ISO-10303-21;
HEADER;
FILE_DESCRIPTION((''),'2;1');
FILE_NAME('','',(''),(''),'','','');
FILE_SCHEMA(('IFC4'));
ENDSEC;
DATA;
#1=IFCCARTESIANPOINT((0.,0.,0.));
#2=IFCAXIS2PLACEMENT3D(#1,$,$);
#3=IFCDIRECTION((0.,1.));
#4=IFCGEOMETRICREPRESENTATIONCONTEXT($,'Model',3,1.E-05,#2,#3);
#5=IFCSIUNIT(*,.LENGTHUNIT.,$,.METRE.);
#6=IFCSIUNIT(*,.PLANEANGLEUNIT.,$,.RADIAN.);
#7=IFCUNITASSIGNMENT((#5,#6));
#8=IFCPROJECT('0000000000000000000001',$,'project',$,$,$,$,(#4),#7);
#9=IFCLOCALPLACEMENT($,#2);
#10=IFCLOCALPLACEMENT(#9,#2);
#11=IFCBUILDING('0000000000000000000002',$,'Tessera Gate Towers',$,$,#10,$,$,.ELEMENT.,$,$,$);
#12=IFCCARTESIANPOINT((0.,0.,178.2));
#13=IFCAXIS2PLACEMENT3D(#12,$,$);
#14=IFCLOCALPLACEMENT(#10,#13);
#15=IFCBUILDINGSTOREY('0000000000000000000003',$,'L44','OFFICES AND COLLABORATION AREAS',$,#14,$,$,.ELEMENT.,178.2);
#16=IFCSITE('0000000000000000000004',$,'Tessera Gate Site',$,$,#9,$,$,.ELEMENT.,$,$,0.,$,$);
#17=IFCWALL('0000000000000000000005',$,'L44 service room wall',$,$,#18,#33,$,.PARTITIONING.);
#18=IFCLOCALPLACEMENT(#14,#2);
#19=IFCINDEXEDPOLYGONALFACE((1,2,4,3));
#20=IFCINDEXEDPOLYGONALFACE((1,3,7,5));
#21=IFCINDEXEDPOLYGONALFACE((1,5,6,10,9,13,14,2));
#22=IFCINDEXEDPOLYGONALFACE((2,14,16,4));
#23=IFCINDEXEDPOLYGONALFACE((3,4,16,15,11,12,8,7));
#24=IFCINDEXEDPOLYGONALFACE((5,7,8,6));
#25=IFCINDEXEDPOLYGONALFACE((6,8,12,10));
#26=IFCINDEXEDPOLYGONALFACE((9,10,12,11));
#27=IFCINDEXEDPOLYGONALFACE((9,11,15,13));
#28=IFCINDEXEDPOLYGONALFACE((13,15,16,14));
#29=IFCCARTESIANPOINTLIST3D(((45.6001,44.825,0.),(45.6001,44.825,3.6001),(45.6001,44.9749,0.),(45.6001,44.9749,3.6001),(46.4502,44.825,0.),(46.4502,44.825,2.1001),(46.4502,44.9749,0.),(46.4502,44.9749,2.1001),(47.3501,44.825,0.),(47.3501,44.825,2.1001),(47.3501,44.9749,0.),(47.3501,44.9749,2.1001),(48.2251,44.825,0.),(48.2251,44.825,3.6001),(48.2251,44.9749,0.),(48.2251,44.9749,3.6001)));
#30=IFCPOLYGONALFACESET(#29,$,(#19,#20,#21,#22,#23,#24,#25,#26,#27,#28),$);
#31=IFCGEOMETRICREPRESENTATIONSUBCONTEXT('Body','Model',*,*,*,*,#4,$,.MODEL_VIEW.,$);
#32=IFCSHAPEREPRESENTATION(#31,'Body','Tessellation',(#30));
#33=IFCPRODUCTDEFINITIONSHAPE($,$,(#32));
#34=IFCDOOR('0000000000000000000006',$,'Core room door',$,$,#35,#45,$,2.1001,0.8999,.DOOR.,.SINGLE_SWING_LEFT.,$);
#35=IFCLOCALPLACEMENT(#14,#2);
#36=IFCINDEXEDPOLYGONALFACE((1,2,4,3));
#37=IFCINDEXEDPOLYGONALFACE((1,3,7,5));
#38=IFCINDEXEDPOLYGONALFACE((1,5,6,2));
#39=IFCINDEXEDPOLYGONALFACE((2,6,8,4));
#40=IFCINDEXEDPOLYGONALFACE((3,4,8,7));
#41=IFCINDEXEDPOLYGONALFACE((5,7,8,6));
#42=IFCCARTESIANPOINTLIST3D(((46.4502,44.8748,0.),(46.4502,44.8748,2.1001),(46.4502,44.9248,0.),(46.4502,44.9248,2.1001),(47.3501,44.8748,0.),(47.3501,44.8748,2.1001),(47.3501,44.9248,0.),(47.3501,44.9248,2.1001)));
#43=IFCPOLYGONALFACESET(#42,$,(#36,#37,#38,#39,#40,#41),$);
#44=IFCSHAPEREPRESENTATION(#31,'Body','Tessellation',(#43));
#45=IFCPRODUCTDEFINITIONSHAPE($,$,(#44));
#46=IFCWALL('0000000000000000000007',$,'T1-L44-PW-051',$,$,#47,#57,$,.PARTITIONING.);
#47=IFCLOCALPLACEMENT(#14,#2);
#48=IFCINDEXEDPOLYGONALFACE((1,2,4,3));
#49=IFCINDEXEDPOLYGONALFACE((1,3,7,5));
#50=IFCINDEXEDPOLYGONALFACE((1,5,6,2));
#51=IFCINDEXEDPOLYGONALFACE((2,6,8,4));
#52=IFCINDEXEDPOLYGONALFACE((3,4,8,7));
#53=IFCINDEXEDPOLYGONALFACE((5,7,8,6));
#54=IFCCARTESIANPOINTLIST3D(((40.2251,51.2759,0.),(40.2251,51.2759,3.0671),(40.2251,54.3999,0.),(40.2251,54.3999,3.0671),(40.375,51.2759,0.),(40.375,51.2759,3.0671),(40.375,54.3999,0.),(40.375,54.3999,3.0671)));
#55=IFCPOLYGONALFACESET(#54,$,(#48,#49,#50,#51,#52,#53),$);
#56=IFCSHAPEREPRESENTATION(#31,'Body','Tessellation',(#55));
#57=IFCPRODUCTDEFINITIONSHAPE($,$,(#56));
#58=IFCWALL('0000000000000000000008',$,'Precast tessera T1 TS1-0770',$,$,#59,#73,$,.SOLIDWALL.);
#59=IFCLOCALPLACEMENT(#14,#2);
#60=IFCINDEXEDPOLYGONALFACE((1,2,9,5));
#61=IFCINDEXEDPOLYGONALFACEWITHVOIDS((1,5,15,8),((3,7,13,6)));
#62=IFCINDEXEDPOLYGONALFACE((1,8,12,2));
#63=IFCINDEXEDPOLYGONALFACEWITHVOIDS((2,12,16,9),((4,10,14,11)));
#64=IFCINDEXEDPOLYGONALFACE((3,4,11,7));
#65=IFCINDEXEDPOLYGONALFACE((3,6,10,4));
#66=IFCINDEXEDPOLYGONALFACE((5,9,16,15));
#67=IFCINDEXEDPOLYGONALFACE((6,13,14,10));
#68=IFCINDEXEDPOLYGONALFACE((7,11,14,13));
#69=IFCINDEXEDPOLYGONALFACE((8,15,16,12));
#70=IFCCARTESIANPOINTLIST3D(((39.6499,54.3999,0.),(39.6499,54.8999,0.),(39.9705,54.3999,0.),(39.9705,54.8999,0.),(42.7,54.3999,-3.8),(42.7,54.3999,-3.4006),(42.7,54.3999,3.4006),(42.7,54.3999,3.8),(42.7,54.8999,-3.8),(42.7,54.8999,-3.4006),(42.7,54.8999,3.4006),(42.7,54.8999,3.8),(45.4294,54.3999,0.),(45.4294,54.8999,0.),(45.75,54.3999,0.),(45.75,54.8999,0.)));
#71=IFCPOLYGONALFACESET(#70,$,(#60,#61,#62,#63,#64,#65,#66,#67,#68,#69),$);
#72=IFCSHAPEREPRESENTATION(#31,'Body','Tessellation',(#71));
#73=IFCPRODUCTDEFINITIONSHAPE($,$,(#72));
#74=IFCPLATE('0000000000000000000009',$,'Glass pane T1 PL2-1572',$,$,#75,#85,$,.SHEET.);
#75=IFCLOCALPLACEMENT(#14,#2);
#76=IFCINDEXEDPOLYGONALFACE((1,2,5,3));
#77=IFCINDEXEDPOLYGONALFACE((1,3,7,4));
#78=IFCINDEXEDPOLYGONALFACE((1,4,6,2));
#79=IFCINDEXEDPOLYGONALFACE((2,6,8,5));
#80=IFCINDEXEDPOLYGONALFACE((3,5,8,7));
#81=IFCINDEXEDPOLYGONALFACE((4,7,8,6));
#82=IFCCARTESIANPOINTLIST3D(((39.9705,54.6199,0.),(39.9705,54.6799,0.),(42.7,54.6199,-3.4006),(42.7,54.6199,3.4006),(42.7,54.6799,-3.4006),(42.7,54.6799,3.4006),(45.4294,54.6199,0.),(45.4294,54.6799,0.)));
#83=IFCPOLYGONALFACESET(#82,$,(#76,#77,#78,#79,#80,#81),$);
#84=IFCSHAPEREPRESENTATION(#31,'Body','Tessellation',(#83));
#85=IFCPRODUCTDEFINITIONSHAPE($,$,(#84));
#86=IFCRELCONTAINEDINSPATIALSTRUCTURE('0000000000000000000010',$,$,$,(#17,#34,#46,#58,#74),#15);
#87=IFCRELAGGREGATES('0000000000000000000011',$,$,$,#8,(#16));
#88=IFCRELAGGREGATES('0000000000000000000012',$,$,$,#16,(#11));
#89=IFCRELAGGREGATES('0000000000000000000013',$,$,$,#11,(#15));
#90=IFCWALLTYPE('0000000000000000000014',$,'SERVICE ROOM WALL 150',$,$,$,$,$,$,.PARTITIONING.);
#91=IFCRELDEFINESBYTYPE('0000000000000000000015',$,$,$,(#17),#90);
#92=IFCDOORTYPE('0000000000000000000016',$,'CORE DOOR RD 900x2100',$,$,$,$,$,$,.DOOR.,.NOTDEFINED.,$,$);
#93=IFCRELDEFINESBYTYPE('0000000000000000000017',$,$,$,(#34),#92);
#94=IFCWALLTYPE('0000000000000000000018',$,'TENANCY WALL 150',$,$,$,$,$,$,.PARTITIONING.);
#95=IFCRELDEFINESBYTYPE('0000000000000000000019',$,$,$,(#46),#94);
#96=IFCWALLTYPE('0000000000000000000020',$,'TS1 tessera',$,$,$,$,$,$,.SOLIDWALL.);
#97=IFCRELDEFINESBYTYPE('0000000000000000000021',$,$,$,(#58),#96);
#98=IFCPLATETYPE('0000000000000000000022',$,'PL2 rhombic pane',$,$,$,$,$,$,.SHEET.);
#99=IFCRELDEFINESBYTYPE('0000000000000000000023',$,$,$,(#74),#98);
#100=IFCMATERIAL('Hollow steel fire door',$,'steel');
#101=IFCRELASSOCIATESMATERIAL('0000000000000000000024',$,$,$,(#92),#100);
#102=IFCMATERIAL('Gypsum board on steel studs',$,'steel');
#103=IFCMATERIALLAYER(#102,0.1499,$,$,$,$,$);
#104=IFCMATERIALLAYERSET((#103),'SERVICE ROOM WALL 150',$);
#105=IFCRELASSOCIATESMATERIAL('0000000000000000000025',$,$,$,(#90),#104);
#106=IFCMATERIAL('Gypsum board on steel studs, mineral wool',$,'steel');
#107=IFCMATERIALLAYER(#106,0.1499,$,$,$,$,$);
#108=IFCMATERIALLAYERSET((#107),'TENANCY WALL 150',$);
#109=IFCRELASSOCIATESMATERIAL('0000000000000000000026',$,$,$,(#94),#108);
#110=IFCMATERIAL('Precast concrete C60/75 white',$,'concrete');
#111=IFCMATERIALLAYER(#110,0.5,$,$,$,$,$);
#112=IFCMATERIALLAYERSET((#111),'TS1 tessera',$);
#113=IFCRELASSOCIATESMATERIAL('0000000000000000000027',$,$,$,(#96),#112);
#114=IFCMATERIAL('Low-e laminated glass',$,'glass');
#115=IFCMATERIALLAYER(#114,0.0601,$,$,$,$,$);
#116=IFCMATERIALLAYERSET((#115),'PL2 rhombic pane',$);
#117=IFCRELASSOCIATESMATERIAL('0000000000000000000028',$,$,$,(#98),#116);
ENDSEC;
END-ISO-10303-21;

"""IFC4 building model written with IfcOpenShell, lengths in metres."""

from ifc_helpers import new_model, si_unit, direction, frame, frame_2d, origin, place, context, subcontext, project, spatial, polyline, rectangle, outline, extrude, source, transform, mapped, material, layer, layer_set, type_object, element, fill, save


model = new_model("IFC4")

# Units and contexts
model_context = context("Model", 3, precision=1e-05, world=origin(), true_north=direction((0.0, 1.0)))
body_context = subcontext(model_context, "Body", "Model", "MODEL_VIEW")
ifc_project = project(units=[si_unit("LENGTHUNIT", "METRE"), si_unit("PLANEANGLEUNIT", "RADIAN")], contexts=[model_context])

# Site, building, storey
site_placement = place(None, origin())
site = spatial("IfcSite", under=ifc_project, at=site_placement, Name="Tessera Gate Site", CompositionType="ELEMENT", RefElevation=0.0)
building_placement = place(site_placement, origin())
building = spatial("IfcBuilding", under=site, at=building_placement, Name="Tessera Gate Towers", CompositionType="ELEMENT")
storey_placement = place(building_placement, frame((0.0, 0.0, 178.2)))
storey = spatial("IfcBuildingStorey", under=building, at=storey_placement, Name="L44", Description="OFFICES AND COLLABORATION AREAS", CompositionType="ELEMENT", Elevation=178.2)

# Shared definitions
ifc_material_1 = material(Name="Hollow steel fire door", Category="steel")
door_type_1 = type_object("IfcDoorType", Name="CORE DOOR RD 900x2100", OperationType="NOTDEFINED", PredefinedType="DOOR", material=ifc_material_1)
shared_shape_1 = source(origin(), body_context, "Body", "SweptSolid", [
    extrude(rectangle(XDim=0.8999, YDim=2.1001, at=frame_2d((0.45, 1.05))), frame((0.0, 0.0249, 0.0), z_axis=(0.0, -1.0, 0.0), x_axis=(1.0, 0.0, 0.0)), (0.0, 0.0, 1.0), 0.05),
])

# Shared definitions
ifc_material_2 = material(Name="Gypsum board on steel studs", Category="steel")
ifc_layer_1 = layer(ifc_material_2, 0.1499)
ifc_layer_set_1 = layer_set([ifc_layer_1], Name="SERVICE ROOM WALL 150")
wall_type_1 = type_object("IfcWallType", Name="SERVICE ROOM WALL 150", PredefinedType="PARTITIONING", material=ifc_layer_set_1)

# Wall, opening, door
wall_1_placement = place(storey_placement, frame((45.6001, 44.8999, 0.0), z_axis=(0.0, 0.0, 1.0), x_axis=(1.0, 0.0, 0.0)))
wall_1 = element("IfcWall", 1, at=wall_1_placement, inside=storey, type_object=wall_type_1, Name="L44 service room wall", PredefinedType="PARTITIONING", context=body_context, shape_type="SweptSolid", body=[
    extrude(rectangle(XDim=2.625, YDim=0.1499, at=frame_2d((1.3125, 0.0))), origin(), (0.0, 0.0, 1.0), 3.6001),
])
shared_shape_2 = source(origin(), body_context, "Body", "SweptSolid", [
    extrude(rectangle(XDim=0.8999, YDim=2.1001, at=frame_2d((0.45, 1.05))), frame((0.0, 0.085, 0.0), z_axis=(0.0, -1.0, 0.0), x_axis=(1.0, 0.0, 0.0)), (0.0, 0.0, 1.0), 0.1699),
])
opening_1_placement = place(wall_1_placement, frame((0.8501, 0.0, 0.0)))
opening_1 = element("IfcOpeningElement", 2, at=opening_1_placement, cuts=wall_1, PredefinedType="OPENING", context=body_context, shape_type="MappedRepresentation", body=[
    mapped(shared_shape_2, transform((0.0, 0.0, 0.0), scale=1.0)),
])
door_1_placement = place(opening_1_placement, origin())
door_1 = element("IfcDoor", 3, at=door_1_placement, inside=storey, type_object=door_type_1, Name="Core room door", OperationType="SINGLE_SWING_LEFT", OverallHeight=2.1001, OverallWidth=0.8999, PredefinedType="DOOR", context=body_context, shape_type="MappedRepresentation", body=[
    mapped(shared_shape_1, transform((0.0, 0.0, 0.0), scale=1.0)),
])
fill(opening_1, door_1)

# Wall
ifc_material_3 = material(Name="Gypsum board on steel studs, mineral wool", Category="steel")
ifc_layer_2 = layer(ifc_material_3, 0.1499)
ifc_layer_set_2 = layer_set([ifc_layer_2], Name="TENANCY WALL 150")
wall_type_2 = type_object("IfcWallType", Name="TENANCY WALL 150", PredefinedType="PARTITIONING", material=ifc_layer_set_2)
wall_2_placement = place(storey_placement, frame((40.3, 51.2759, 0.0), z_axis=(0.0, 0.0, 1.0), x_axis=(0.0, 1.0, 0.0)))
element("IfcWall", 4, at=wall_2_placement, inside=storey, type_object=wall_type_2, Name="T1-L44-PW-051", PredefinedType="PARTITIONING", context=body_context, shape_type="SweptSolid", body=[
    extrude(rectangle(XDim=3.124, YDim=0.1499, at=frame_2d((1.562, 0.0))), origin(), (0.0, 0.0, 1.0), 3.0671),
])

# Wall, opening, plate
ifc_material_4 = material(Name="Precast concrete C60/75 white", Category="concrete")
ifc_layer_3 = layer(ifc_material_4, 0.5)
ifc_layer_set_3 = layer_set([ifc_layer_3], Name="TS1 tessera")
wall_type_3 = type_object("IfcWallType", Name="TS1 tessera", PredefinedType="SOLIDWALL", material=ifc_layer_set_3)
shared_shape_3 = source(origin(), body_context, "Body", "SweptSolid", [
    extrude(outline(polyline([(3.05, 0.0), (6.1001, 3.8), (3.05, 7.6001), (0.0, 3.8), (3.05, 0.0)])), frame((0.0, 0.25, 0.0), z_axis=(0.0, -1.0, 0.0), x_axis=(1.0, 0.0, 0.0)), (0.0, 0.0, 1.0), 0.5),
])
wall_3_placement = place(storey_placement, frame((45.75, 54.6499, -3.8), z_axis=(0.0, 0.0, 1.0), x_axis=(-1.0, 0.0, 0.0)))
wall_3 = element("IfcWall", 5, at=wall_3_placement, inside=storey, type_object=wall_type_3, Name="Precast tessera T1 TS1-0770", PredefinedType="SOLIDWALL", context=body_context, shape_type="MappedRepresentation", body=[
    mapped(shared_shape_3, transform((0.0, 0.0, 0.0), scale=1.0)),
])
shared_shape_4 = source(origin(), body_context, "Body", "SweptSolid", [
    extrude(outline(polyline([(3.05, 0.3994), (5.7795, 3.8), (3.05, 7.2007), (0.3206, 3.8), (3.05, 0.3994)])), frame((0.0, 0.26, 0.0), z_axis=(0.0, -1.0, 0.0), x_axis=(1.0, 0.0, 0.0)), (0.0, 0.0, 1.0), 0.52),
])
opening_2_placement = place(wall_3_placement, origin())
opening_2 = element("IfcOpeningElement", 6, at=opening_2_placement, cuts=wall_3, PredefinedType="OPENING", context=body_context, shape_type="MappedRepresentation", body=[
    mapped(shared_shape_4, transform((0.0, 0.0, 0.0), scale=1.0)),
])
ifc_material_5 = material(Name="Low-e laminated glass", Category="glass")
ifc_layer_4 = layer(ifc_material_5, 0.0601)
ifc_layer_set_4 = layer_set([ifc_layer_4], Name="PL2 rhombic pane")
plate_type = type_object("IfcPlateType", Name="PL2 rhombic pane", PredefinedType="SHEET", material=ifc_layer_set_4)
shared_shape_5 = source(origin(), body_context, "Body", "SweptSolid", [
    extrude(outline(polyline([(3.05, 0.3994), (5.7795, 3.8), (3.05, 7.2007), (0.3206, 3.8), (3.05, 0.3994)])), frame((0.0, 0.03, 0.0), z_axis=(0.0, -1.0, 0.0), x_axis=(1.0, 0.0, 0.0)), (0.0, 0.0, 1.0), 0.0601),
])
plate_placement = place(opening_2_placement, origin())
plate = element("IfcPlate", 7, at=plate_placement, inside=storey, type_object=plate_type, Name="Glass pane T1 PL2-1572", PredefinedType="SHEET", context=body_context, shape_type="MappedRepresentation", body=[
    mapped(shared_shape_5, transform((0.0, 0.0, 0.0), scale=1.0)),
])
fill(opening_2, plate)

save(model, "model.ifc")
